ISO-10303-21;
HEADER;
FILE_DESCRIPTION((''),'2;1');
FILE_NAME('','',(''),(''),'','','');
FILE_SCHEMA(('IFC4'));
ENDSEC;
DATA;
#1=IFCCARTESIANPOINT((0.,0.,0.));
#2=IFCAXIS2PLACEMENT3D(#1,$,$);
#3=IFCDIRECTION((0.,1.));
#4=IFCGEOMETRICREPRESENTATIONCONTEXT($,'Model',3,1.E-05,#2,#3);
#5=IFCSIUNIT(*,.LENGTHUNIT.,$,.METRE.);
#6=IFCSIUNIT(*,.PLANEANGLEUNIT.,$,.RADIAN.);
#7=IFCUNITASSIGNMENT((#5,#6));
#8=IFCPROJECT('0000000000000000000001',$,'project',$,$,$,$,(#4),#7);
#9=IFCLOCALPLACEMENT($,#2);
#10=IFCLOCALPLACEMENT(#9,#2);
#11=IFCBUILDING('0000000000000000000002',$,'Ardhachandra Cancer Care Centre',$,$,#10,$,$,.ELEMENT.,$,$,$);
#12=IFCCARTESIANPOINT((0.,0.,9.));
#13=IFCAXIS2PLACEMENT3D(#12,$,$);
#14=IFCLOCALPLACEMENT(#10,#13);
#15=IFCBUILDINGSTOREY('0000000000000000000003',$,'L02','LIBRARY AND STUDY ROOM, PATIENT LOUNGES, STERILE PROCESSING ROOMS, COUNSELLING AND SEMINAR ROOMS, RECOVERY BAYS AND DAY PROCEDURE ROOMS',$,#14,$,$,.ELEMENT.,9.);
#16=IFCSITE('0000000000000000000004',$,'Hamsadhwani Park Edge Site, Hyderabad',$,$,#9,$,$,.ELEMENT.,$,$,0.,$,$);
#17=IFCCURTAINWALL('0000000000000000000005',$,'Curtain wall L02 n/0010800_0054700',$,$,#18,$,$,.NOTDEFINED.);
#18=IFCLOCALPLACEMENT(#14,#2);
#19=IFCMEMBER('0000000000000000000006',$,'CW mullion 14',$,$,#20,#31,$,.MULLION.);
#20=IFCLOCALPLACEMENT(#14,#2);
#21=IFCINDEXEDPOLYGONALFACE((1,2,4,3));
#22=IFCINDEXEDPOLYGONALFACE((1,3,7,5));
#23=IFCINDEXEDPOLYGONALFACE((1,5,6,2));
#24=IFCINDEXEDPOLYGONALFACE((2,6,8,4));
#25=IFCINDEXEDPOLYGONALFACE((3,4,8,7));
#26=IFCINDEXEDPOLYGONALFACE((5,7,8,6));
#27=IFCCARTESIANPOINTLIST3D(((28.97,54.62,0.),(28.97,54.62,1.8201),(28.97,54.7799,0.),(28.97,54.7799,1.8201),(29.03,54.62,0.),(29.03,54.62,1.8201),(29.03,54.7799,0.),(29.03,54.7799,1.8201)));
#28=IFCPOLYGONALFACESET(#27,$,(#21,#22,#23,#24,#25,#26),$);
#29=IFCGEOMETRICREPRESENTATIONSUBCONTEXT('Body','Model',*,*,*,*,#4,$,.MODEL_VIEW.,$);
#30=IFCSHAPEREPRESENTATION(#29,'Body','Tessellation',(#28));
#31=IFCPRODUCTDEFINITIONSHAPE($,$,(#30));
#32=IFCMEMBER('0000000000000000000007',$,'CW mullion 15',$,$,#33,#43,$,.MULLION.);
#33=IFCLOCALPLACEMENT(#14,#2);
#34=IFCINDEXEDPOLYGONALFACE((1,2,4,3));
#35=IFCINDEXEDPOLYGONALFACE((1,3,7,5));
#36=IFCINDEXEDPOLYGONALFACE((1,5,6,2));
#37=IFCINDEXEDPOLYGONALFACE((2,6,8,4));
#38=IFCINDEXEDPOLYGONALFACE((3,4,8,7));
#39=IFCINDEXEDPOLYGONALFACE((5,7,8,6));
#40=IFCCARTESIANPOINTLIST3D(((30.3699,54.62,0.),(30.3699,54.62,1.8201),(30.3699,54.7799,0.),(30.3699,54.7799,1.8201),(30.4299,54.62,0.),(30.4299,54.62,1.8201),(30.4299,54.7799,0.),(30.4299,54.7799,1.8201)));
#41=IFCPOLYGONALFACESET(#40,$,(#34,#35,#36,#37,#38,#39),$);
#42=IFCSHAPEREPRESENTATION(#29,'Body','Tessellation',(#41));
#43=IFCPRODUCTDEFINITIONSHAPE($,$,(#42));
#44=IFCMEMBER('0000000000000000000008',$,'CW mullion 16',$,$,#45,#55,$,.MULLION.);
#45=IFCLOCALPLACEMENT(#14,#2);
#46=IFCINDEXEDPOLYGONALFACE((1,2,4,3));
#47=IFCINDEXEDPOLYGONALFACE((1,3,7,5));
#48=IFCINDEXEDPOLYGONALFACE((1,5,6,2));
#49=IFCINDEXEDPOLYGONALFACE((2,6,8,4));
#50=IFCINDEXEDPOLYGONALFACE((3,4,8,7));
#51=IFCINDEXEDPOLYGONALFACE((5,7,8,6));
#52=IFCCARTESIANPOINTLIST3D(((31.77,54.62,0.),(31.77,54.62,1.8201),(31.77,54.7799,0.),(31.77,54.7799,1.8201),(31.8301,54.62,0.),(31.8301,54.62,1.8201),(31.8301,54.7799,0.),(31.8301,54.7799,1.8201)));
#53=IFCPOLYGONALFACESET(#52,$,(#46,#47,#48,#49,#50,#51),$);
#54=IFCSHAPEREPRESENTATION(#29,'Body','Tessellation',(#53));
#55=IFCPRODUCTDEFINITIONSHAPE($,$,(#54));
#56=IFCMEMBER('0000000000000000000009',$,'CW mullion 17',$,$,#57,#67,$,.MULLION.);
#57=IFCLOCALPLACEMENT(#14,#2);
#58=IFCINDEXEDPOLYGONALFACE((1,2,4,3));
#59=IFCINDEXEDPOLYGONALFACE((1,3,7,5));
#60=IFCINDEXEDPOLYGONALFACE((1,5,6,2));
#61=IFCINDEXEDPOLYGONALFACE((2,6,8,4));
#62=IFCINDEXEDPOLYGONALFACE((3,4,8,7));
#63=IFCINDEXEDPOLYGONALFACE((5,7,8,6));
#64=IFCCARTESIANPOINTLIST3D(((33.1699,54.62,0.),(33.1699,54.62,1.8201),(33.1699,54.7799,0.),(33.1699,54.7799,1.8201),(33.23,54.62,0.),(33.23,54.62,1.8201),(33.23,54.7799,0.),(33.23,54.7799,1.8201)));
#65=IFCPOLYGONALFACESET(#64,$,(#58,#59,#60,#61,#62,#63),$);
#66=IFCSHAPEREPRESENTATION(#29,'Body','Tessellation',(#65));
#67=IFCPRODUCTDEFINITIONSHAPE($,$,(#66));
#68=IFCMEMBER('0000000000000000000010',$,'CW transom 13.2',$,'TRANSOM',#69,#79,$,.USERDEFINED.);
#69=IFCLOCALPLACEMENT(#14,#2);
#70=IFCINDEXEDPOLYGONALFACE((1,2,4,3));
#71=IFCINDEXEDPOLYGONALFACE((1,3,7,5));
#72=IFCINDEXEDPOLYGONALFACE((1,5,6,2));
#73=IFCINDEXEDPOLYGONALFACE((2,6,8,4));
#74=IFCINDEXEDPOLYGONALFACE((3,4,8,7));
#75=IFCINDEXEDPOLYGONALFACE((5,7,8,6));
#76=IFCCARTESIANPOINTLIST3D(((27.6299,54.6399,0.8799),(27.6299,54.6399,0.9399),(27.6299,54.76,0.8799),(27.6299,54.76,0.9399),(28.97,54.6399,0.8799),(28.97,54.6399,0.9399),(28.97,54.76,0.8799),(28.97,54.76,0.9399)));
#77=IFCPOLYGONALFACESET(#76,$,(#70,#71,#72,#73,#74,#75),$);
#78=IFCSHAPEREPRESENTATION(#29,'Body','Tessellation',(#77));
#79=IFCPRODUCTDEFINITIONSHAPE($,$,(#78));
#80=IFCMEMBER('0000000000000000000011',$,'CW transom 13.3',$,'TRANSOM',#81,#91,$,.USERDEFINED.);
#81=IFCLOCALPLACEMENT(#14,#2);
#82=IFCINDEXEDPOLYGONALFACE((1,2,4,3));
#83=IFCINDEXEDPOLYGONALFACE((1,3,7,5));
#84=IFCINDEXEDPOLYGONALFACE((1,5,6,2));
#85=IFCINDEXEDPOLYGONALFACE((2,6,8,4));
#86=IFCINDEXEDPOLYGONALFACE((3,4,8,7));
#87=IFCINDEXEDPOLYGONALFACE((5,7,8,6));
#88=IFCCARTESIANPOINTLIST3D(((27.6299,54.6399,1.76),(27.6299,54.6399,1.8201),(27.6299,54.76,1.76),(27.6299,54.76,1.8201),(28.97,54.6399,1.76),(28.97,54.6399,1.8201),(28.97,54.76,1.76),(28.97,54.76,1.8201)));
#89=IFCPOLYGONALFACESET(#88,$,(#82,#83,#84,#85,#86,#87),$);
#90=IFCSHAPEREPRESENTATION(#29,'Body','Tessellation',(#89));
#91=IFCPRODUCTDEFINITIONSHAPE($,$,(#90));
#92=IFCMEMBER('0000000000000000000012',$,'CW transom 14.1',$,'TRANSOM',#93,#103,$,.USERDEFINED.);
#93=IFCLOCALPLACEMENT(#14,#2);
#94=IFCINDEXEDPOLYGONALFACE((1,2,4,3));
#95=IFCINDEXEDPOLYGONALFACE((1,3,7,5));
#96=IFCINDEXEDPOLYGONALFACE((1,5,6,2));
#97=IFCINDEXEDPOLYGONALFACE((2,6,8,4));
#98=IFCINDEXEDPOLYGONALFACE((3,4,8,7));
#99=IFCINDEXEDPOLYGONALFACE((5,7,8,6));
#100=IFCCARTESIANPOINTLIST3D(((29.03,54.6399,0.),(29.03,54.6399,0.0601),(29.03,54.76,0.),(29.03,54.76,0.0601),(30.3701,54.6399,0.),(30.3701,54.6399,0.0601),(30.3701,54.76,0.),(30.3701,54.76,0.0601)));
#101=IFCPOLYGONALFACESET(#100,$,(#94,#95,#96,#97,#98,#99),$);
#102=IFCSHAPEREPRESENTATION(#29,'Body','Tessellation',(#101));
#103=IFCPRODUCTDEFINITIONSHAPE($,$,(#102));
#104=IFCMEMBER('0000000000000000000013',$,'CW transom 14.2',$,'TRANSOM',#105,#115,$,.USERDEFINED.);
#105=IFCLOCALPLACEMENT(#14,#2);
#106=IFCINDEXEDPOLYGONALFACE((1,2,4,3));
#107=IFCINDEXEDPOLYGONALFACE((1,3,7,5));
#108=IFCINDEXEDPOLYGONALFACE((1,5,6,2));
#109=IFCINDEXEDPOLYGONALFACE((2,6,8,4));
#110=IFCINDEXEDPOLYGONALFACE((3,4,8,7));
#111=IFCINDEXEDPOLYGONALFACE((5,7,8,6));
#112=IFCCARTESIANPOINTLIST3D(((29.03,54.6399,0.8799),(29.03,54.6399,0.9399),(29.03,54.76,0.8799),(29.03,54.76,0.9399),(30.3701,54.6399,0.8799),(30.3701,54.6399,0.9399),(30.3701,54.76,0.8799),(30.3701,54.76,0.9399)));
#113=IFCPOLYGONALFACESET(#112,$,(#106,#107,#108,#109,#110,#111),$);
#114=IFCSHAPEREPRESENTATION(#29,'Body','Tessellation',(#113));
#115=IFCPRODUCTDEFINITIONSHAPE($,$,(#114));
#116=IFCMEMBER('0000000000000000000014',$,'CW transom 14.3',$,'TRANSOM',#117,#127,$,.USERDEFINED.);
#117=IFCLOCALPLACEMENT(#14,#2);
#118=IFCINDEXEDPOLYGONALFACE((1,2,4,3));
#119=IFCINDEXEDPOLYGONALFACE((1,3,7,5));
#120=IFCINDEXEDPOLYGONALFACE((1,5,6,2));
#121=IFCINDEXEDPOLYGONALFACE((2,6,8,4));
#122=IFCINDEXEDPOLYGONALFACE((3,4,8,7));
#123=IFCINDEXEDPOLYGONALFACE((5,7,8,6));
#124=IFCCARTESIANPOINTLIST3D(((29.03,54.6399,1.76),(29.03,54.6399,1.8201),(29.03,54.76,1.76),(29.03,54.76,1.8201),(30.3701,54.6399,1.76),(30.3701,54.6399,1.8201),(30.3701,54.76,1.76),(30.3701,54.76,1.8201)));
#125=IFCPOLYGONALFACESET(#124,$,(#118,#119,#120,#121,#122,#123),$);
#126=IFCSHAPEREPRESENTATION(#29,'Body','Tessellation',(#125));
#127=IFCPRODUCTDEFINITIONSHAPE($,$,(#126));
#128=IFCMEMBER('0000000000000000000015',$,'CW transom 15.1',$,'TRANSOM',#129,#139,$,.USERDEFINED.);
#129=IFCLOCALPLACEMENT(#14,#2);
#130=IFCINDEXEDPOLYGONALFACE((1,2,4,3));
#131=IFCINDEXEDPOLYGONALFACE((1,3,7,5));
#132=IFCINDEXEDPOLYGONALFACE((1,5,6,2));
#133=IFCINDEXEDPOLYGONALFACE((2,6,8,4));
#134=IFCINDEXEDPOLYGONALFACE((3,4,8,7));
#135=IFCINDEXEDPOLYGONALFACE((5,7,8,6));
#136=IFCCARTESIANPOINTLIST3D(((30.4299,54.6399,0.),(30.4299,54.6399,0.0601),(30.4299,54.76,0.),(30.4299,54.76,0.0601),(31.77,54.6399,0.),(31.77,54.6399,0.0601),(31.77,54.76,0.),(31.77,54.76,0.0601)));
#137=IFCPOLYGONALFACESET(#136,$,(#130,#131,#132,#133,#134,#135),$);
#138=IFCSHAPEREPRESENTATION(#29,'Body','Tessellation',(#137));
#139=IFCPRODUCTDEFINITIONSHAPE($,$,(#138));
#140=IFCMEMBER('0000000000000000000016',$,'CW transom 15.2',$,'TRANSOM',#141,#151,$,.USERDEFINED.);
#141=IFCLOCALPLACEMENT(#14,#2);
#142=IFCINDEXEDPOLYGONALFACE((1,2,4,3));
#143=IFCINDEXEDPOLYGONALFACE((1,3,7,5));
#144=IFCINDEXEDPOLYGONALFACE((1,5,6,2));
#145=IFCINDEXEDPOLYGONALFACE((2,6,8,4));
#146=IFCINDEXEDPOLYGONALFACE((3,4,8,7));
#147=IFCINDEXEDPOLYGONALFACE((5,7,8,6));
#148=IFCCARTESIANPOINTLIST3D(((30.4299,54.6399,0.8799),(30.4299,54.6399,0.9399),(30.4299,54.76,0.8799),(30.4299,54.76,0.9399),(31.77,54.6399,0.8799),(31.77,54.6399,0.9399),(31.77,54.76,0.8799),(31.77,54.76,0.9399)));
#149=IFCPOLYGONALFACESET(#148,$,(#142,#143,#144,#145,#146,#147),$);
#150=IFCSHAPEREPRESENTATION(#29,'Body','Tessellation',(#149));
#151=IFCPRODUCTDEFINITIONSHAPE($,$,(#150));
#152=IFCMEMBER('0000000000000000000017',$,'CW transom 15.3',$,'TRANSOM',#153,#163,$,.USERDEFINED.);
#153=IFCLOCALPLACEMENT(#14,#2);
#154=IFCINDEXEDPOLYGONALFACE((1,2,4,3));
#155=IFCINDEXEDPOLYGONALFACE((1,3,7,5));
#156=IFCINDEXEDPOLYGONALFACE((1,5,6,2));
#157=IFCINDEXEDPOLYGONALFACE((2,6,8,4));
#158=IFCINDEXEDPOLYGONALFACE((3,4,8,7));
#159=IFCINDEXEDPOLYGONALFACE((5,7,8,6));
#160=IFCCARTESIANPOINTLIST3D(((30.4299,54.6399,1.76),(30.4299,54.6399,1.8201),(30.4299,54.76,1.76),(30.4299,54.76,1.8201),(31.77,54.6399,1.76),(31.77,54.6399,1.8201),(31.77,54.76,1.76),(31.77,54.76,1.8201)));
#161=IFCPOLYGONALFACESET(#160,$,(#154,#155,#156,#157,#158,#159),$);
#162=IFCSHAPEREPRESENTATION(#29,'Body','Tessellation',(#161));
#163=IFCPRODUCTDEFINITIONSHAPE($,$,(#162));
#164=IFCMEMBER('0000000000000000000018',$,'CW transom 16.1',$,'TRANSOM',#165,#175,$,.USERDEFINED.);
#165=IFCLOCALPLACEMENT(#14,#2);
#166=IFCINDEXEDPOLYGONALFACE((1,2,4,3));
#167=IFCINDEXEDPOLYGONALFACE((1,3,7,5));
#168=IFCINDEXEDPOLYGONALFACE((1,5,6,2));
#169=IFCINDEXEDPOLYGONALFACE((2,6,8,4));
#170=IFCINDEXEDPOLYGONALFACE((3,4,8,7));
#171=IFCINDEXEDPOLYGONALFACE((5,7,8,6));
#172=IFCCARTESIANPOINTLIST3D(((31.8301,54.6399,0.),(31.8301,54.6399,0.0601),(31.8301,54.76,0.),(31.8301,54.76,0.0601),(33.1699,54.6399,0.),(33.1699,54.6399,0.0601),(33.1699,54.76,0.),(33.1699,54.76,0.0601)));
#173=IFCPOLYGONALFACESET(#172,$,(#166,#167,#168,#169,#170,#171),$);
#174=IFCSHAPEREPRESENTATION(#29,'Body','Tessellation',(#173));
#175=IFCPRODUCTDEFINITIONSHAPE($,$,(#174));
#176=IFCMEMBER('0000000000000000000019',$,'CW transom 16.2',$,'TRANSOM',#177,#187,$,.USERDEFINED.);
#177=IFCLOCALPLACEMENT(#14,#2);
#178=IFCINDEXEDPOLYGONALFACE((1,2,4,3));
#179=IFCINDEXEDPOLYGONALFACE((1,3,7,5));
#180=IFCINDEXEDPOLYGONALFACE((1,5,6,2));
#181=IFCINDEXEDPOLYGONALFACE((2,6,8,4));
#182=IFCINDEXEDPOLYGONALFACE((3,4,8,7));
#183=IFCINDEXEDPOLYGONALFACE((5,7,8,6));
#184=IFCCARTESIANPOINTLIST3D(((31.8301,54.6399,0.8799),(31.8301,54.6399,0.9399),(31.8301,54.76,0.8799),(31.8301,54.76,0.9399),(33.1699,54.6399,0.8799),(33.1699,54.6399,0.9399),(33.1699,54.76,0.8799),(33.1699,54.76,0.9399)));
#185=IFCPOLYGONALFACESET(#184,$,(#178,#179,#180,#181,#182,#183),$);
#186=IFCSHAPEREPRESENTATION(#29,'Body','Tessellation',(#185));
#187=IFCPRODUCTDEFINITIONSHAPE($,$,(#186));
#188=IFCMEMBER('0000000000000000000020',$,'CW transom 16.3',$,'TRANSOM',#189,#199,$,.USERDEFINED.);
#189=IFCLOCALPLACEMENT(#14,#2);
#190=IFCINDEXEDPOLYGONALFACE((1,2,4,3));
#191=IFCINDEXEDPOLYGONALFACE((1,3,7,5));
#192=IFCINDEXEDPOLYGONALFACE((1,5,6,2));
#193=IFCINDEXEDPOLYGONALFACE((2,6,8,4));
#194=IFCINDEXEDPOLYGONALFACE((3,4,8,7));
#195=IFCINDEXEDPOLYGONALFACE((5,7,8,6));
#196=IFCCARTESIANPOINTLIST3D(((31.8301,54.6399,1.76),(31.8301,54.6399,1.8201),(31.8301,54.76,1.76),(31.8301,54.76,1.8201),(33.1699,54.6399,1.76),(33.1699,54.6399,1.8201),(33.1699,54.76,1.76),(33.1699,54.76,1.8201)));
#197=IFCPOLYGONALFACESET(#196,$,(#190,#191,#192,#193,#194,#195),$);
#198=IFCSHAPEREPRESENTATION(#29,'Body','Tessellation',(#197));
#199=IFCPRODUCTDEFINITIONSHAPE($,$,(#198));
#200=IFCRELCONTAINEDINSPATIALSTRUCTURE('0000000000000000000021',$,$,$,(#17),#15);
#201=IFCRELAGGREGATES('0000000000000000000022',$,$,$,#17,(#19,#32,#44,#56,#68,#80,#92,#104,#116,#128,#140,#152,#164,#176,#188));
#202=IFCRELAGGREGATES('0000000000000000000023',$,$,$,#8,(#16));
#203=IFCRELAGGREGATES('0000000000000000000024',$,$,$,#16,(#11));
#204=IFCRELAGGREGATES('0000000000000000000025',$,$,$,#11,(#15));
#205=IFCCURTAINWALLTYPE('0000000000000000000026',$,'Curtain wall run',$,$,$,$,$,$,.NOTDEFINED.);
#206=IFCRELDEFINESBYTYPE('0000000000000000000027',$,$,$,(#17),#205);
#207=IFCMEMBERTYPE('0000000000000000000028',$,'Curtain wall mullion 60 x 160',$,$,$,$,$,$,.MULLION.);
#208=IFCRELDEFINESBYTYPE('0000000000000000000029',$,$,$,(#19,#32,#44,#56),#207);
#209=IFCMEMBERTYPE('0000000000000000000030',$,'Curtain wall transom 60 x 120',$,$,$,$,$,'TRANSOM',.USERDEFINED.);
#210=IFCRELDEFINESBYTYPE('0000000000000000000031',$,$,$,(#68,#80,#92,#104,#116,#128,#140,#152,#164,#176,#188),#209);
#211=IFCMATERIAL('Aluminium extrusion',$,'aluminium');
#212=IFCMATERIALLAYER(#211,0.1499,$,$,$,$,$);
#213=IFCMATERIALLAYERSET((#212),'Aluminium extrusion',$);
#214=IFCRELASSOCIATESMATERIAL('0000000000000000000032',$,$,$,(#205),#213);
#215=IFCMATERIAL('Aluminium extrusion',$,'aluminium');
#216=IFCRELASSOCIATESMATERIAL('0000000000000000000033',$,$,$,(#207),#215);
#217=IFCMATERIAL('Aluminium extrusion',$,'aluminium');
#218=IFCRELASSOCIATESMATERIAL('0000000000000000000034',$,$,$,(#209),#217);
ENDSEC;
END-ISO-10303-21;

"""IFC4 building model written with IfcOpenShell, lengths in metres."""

from ifc_helpers import new_model, si_unit, direction, frame, origin, origin_2d, place, context, subcontext, project, spatial, rectangle, extrude, material, layer, layer_set, material_profile, profile_set, type_object, element, aggregate, save


model = new_model("IFC4")

# Units and contexts
model_context = context("Model", 3, precision=1e-05, world=origin(), true_north=direction((0.0, 1.0)))
body_context = subcontext(model_context, "Body", "Model", "MODEL_VIEW")
ifc_project = project(units=[si_unit("LENGTHUNIT", "METRE"), si_unit("PLANEANGLEUNIT", "RADIAN")], contexts=[model_context])

# Site, building, storey
site_placement = place(None, origin())
site = spatial("IfcSite", under=ifc_project, at=site_placement, Name="Hamsadhwani Park Edge Site, Hyderabad", CompositionType="ELEMENT", RefElevation=0.0)
building_placement = place(site_placement, origin())
building = spatial("IfcBuilding", under=site, at=building_placement, Name="Ardhachandra Cancer Care Centre", CompositionType="ELEMENT")
storey_placement = place(building_placement, frame((0.0, 0.0, 9.0)))
storey = spatial("IfcBuildingStorey", under=building, at=storey_placement, Name="L02", Description="LIBRARY AND STUDY ROOM, PATIENT LOUNGES, STERILE PROCESSING ROOMS, COUNSELLING AND SEMINAR ROOMS, RECOVERY BAYS AND DAY PROCEDURE ROOMS", CompositionType="ELEMENT", Elevation=9.0)

# Curtain wall, members
ifc_material_1 = material(Name="Aluminium extrusion", Category="aluminium")
ifc_layer_1 = layer(ifc_material_1, 0.1499)
ifc_layer_set_1 = layer_set([ifc_layer_1], Name="Aluminium extrusion")
curtain_wall_type = type_object("IfcCurtainWallType", Name="Curtain wall run", PredefinedType="NOTDEFINED", material=ifc_layer_set_1)
curtain_wall_placement = place(storey_placement, origin())
curtain_wall = element("IfcCurtainWall", 1, at=curtain_wall_placement, inside=storey, type_object=curtain_wall_type, Name="Curtain wall L02 n/0010800_0054700", PredefinedType="NOTDEFINED")
ifc_material_2 = material(Name="Aluminium extrusion", Category="aluminium")
ifc_material_profile_1 = material_profile(ifc_material_2, rectangle(XDim=0.1599, YDim=0.0601, at=origin_2d()), Name="Curtain wall mullion 60 x 160")
ifc_profile_set_1 = profile_set([ifc_material_profile_1], Name="Aluminium extrusion")
member_type_1 = type_object("IfcMemberType", Name="Curtain wall mullion 60 x 160", PredefinedType="MULLION", material=ifc_profile_set_1)
member_1_placement = place(storey_placement, frame((29.0, 54.7, 0.0), z_axis=(0.0, 0.0, 1.0), x_axis=(0.0, 1.0, 0.0)))
member_1 = element("IfcMember", 2, at=member_1_placement, type_object=member_type_1, Name="CW mullion 14", PredefinedType="MULLION", context=body_context, shape_type="SweptSolid", body=[
    extrude(rectangle(XDim=0.1599, YDim=0.0601, at=origin_2d()), origin(), (0.0, 0.0, 1.0), 1.8201),
])
member_2_placement = place(storey_placement, frame((30.3999, 54.7, 0.0), z_axis=(0.0, 0.0, 1.0), x_axis=(0.0, 1.0, 0.0)))
member_2 = element("IfcMember", 3, at=member_2_placement, type_object=member_type_1, Name="CW mullion 15", PredefinedType="MULLION", context=body_context, shape_type="SweptSolid", body=[
    extrude(rectangle(XDim=0.1599, YDim=0.0601, at=origin_2d()), origin(), (0.0, 0.0, 1.0), 1.8201),
])
member_3_placement = place(storey_placement, frame((31.8, 54.7, 0.0), z_axis=(0.0, 0.0, 1.0), x_axis=(0.0, 1.0, 0.0)))
member_3 = element("IfcMember", 4, at=member_3_placement, type_object=member_type_1, Name="CW mullion 16", PredefinedType="MULLION", context=body_context, shape_type="SweptSolid", body=[
    extrude(rectangle(XDim=0.1599, YDim=0.0601, at=origin_2d()), origin(), (0.0, 0.0, 1.0), 1.8201),
])
member_4_placement = place(storey_placement, frame((33.2, 54.7, 0.0), z_axis=(0.0, 0.0, 1.0), x_axis=(0.0, 1.0, 0.0)))
member_4 = element("IfcMember", 5, at=member_4_placement, type_object=member_type_1, Name="CW mullion 17", PredefinedType="MULLION", context=body_context, shape_type="SweptSolid", body=[
    extrude(rectangle(XDim=0.1599, YDim=0.0601, at=origin_2d()), origin(), (0.0, 0.0, 1.0), 1.8201),
])
ifc_material_3 = material(Name="Aluminium extrusion", Category="aluminium")
ifc_material_profile_2 = material_profile(ifc_material_3, rectangle(XDim=0.1201, YDim=0.0601, at=origin_2d()), Name="Curtain wall transom 60 x 120")
ifc_profile_set_2 = profile_set([ifc_material_profile_2], Name="Aluminium extrusion")
member_type_2 = type_object("IfcMemberType", Name="Curtain wall transom 60 x 120", ElementType="TRANSOM", PredefinedType="USERDEFINED", material=ifc_profile_set_2)
member_5_placement = place(storey_placement, frame((27.6299, 54.7, 0.9099), z_axis=(1.0, 0.0, 0.0), x_axis=(0.0, 1.0, 0.0)))
member_5 = element("IfcMember", 6, at=member_5_placement, type_object=member_type_2, Name="CW transom 13.2", ObjectType="TRANSOM", PredefinedType="USERDEFINED", context=body_context, shape_type="SweptSolid", body=[
    extrude(rectangle(XDim=0.1201, YDim=0.0601, at=origin_2d()), origin(), (0.0, 0.0, 1.0), 1.3401),
])
member_6_placement = place(storey_placement, frame((27.6299, 54.7, 1.79), z_axis=(1.0, 0.0, 0.0), x_axis=(0.0, 1.0, 0.0)))
member_6 = element("IfcMember", 7, at=member_6_placement, type_object=member_type_2, Name="CW transom 13.3", ObjectType="TRANSOM", PredefinedType="USERDEFINED", context=body_context, shape_type="SweptSolid", body=[
    extrude(rectangle(XDim=0.1201, YDim=0.0601, at=origin_2d()), origin(), (0.0, 0.0, 1.0), 1.3401),
])
member_7_placement = place(storey_placement, frame((29.03, 54.7, 0.03), z_axis=(1.0, 0.0, 0.0), x_axis=(0.0, 1.0, 0.0)))
member_7 = element("IfcMember", 8, at=member_7_placement, type_object=member_type_2, Name="CW transom 14.1", ObjectType="TRANSOM", PredefinedType="USERDEFINED", context=body_context, shape_type="SweptSolid", body=[
    extrude(rectangle(XDim=0.1201, YDim=0.0601, at=origin_2d()), origin(), (0.0, 0.0, 1.0), 1.3401),
])
member_8_placement = place(storey_placement, frame((29.03, 54.7, 0.9099), z_axis=(1.0, 0.0, 0.0), x_axis=(0.0, 1.0, 0.0)))
member_8 = element("IfcMember", 9, at=member_8_placement, type_object=member_type_2, Name="CW transom 14.2", ObjectType="TRANSOM", PredefinedType="USERDEFINED", context=body_context, shape_type="SweptSolid", body=[
    extrude(rectangle(XDim=0.1201, YDim=0.0601, at=origin_2d()), origin(), (0.0, 0.0, 1.0), 1.3401),
])
member_9_placement = place(storey_placement, frame((29.03, 54.7, 1.79), z_axis=(1.0, 0.0, 0.0), x_axis=(0.0, 1.0, 0.0)))
member_9 = element("IfcMember", 10, at=member_9_placement, type_object=member_type_2, Name="CW transom 14.3", ObjectType="TRANSOM", PredefinedType="USERDEFINED", context=body_context, shape_type="SweptSolid", body=[
    extrude(rectangle(XDim=0.1201, YDim=0.0601, at=origin_2d()), origin(), (0.0, 0.0, 1.0), 1.3401),
])
member_10_placement = place(storey_placement, frame((30.4299, 54.7, 0.03), z_axis=(1.0, 0.0, 0.0), x_axis=(0.0, 1.0, 0.0)))
member_10 = element("IfcMember", 11, at=member_10_placement, type_object=member_type_2, Name="CW transom 15.1", ObjectType="TRANSOM", PredefinedType="USERDEFINED", context=body_context, shape_type="SweptSolid", body=[
    extrude(rectangle(XDim=0.1201, YDim=0.0601, at=origin_2d()), origin(), (0.0, 0.0, 1.0), 1.3401),
])
member_11_placement = place(storey_placement, frame((30.4299, 54.7, 0.9099), z_axis=(1.0, 0.0, 0.0), x_axis=(0.0, 1.0, 0.0)))
member_11 = element("IfcMember", 12, at=member_11_placement, type_object=member_type_2, Name="CW transom 15.2", ObjectType="TRANSOM", PredefinedType="USERDEFINED", context=body_context, shape_type="SweptSolid", body=[
    extrude(rectangle(XDim=0.1201, YDim=0.0601, at=origin_2d()), origin(), (0.0, 0.0, 1.0), 1.3401),
])
member_12_placement = place(storey_placement, frame((30.4299, 54.7, 1.79), z_axis=(1.0, 0.0, 0.0), x_axis=(0.0, 1.0, 0.0)))
member_12 = element("IfcMember", 13, at=member_12_placement, type_object=member_type_2, Name="CW transom 15.3", ObjectType="TRANSOM", PredefinedType="USERDEFINED", context=body_context, shape_type="SweptSolid", body=[
    extrude(rectangle(XDim=0.1201, YDim=0.0601, at=origin_2d()), origin(), (0.0, 0.0, 1.0), 1.3401),
])
member_13_placement = place(storey_placement, frame((31.8301, 54.7, 0.03), z_axis=(1.0, 0.0, 0.0), x_axis=(0.0, 1.0, 0.0)))
member_13 = element("IfcMember", 14, at=member_13_placement, type_object=member_type_2, Name="CW transom 16.1", ObjectType="TRANSOM", PredefinedType="USERDEFINED", context=body_context, shape_type="SweptSolid", body=[
    extrude(rectangle(XDim=0.1201, YDim=0.0601, at=origin_2d()), origin(), (0.0, 0.0, 1.0), 1.3398),
])
member_14_placement = place(storey_placement, frame((31.8301, 54.7, 0.9099), z_axis=(1.0, 0.0, 0.0), x_axis=(0.0, 1.0, 0.0)))
member_14 = element("IfcMember", 15, at=member_14_placement, type_object=member_type_2, Name="CW transom 16.2", ObjectType="TRANSOM", PredefinedType="USERDEFINED", context=body_context, shape_type="SweptSolid", body=[
    extrude(rectangle(XDim=0.1201, YDim=0.0601, at=origin_2d()), origin(), (0.0, 0.0, 1.0), 1.3398),
])
member_15_placement = place(storey_placement, frame((31.8301, 54.7, 1.79), z_axis=(1.0, 0.0, 0.0), x_axis=(0.0, 1.0, 0.0)))
member_15 = element("IfcMember", 16, at=member_15_placement, type_object=member_type_2, Name="CW transom 16.3", ObjectType="TRANSOM", PredefinedType="USERDEFINED", context=body_context, shape_type="SweptSolid", body=[
    extrude(rectangle(XDim=0.1201, YDim=0.0601, at=origin_2d()), origin(), (0.0, 0.0, 1.0), 1.3398),
])

aggregate(curtain_wall, [member_1, member_2, member_3, member_4, member_5, member_6, member_7, member_8, member_9, member_10, member_11, member_12, member_13, member_14, member_15])

save(model, "model.ifc")
